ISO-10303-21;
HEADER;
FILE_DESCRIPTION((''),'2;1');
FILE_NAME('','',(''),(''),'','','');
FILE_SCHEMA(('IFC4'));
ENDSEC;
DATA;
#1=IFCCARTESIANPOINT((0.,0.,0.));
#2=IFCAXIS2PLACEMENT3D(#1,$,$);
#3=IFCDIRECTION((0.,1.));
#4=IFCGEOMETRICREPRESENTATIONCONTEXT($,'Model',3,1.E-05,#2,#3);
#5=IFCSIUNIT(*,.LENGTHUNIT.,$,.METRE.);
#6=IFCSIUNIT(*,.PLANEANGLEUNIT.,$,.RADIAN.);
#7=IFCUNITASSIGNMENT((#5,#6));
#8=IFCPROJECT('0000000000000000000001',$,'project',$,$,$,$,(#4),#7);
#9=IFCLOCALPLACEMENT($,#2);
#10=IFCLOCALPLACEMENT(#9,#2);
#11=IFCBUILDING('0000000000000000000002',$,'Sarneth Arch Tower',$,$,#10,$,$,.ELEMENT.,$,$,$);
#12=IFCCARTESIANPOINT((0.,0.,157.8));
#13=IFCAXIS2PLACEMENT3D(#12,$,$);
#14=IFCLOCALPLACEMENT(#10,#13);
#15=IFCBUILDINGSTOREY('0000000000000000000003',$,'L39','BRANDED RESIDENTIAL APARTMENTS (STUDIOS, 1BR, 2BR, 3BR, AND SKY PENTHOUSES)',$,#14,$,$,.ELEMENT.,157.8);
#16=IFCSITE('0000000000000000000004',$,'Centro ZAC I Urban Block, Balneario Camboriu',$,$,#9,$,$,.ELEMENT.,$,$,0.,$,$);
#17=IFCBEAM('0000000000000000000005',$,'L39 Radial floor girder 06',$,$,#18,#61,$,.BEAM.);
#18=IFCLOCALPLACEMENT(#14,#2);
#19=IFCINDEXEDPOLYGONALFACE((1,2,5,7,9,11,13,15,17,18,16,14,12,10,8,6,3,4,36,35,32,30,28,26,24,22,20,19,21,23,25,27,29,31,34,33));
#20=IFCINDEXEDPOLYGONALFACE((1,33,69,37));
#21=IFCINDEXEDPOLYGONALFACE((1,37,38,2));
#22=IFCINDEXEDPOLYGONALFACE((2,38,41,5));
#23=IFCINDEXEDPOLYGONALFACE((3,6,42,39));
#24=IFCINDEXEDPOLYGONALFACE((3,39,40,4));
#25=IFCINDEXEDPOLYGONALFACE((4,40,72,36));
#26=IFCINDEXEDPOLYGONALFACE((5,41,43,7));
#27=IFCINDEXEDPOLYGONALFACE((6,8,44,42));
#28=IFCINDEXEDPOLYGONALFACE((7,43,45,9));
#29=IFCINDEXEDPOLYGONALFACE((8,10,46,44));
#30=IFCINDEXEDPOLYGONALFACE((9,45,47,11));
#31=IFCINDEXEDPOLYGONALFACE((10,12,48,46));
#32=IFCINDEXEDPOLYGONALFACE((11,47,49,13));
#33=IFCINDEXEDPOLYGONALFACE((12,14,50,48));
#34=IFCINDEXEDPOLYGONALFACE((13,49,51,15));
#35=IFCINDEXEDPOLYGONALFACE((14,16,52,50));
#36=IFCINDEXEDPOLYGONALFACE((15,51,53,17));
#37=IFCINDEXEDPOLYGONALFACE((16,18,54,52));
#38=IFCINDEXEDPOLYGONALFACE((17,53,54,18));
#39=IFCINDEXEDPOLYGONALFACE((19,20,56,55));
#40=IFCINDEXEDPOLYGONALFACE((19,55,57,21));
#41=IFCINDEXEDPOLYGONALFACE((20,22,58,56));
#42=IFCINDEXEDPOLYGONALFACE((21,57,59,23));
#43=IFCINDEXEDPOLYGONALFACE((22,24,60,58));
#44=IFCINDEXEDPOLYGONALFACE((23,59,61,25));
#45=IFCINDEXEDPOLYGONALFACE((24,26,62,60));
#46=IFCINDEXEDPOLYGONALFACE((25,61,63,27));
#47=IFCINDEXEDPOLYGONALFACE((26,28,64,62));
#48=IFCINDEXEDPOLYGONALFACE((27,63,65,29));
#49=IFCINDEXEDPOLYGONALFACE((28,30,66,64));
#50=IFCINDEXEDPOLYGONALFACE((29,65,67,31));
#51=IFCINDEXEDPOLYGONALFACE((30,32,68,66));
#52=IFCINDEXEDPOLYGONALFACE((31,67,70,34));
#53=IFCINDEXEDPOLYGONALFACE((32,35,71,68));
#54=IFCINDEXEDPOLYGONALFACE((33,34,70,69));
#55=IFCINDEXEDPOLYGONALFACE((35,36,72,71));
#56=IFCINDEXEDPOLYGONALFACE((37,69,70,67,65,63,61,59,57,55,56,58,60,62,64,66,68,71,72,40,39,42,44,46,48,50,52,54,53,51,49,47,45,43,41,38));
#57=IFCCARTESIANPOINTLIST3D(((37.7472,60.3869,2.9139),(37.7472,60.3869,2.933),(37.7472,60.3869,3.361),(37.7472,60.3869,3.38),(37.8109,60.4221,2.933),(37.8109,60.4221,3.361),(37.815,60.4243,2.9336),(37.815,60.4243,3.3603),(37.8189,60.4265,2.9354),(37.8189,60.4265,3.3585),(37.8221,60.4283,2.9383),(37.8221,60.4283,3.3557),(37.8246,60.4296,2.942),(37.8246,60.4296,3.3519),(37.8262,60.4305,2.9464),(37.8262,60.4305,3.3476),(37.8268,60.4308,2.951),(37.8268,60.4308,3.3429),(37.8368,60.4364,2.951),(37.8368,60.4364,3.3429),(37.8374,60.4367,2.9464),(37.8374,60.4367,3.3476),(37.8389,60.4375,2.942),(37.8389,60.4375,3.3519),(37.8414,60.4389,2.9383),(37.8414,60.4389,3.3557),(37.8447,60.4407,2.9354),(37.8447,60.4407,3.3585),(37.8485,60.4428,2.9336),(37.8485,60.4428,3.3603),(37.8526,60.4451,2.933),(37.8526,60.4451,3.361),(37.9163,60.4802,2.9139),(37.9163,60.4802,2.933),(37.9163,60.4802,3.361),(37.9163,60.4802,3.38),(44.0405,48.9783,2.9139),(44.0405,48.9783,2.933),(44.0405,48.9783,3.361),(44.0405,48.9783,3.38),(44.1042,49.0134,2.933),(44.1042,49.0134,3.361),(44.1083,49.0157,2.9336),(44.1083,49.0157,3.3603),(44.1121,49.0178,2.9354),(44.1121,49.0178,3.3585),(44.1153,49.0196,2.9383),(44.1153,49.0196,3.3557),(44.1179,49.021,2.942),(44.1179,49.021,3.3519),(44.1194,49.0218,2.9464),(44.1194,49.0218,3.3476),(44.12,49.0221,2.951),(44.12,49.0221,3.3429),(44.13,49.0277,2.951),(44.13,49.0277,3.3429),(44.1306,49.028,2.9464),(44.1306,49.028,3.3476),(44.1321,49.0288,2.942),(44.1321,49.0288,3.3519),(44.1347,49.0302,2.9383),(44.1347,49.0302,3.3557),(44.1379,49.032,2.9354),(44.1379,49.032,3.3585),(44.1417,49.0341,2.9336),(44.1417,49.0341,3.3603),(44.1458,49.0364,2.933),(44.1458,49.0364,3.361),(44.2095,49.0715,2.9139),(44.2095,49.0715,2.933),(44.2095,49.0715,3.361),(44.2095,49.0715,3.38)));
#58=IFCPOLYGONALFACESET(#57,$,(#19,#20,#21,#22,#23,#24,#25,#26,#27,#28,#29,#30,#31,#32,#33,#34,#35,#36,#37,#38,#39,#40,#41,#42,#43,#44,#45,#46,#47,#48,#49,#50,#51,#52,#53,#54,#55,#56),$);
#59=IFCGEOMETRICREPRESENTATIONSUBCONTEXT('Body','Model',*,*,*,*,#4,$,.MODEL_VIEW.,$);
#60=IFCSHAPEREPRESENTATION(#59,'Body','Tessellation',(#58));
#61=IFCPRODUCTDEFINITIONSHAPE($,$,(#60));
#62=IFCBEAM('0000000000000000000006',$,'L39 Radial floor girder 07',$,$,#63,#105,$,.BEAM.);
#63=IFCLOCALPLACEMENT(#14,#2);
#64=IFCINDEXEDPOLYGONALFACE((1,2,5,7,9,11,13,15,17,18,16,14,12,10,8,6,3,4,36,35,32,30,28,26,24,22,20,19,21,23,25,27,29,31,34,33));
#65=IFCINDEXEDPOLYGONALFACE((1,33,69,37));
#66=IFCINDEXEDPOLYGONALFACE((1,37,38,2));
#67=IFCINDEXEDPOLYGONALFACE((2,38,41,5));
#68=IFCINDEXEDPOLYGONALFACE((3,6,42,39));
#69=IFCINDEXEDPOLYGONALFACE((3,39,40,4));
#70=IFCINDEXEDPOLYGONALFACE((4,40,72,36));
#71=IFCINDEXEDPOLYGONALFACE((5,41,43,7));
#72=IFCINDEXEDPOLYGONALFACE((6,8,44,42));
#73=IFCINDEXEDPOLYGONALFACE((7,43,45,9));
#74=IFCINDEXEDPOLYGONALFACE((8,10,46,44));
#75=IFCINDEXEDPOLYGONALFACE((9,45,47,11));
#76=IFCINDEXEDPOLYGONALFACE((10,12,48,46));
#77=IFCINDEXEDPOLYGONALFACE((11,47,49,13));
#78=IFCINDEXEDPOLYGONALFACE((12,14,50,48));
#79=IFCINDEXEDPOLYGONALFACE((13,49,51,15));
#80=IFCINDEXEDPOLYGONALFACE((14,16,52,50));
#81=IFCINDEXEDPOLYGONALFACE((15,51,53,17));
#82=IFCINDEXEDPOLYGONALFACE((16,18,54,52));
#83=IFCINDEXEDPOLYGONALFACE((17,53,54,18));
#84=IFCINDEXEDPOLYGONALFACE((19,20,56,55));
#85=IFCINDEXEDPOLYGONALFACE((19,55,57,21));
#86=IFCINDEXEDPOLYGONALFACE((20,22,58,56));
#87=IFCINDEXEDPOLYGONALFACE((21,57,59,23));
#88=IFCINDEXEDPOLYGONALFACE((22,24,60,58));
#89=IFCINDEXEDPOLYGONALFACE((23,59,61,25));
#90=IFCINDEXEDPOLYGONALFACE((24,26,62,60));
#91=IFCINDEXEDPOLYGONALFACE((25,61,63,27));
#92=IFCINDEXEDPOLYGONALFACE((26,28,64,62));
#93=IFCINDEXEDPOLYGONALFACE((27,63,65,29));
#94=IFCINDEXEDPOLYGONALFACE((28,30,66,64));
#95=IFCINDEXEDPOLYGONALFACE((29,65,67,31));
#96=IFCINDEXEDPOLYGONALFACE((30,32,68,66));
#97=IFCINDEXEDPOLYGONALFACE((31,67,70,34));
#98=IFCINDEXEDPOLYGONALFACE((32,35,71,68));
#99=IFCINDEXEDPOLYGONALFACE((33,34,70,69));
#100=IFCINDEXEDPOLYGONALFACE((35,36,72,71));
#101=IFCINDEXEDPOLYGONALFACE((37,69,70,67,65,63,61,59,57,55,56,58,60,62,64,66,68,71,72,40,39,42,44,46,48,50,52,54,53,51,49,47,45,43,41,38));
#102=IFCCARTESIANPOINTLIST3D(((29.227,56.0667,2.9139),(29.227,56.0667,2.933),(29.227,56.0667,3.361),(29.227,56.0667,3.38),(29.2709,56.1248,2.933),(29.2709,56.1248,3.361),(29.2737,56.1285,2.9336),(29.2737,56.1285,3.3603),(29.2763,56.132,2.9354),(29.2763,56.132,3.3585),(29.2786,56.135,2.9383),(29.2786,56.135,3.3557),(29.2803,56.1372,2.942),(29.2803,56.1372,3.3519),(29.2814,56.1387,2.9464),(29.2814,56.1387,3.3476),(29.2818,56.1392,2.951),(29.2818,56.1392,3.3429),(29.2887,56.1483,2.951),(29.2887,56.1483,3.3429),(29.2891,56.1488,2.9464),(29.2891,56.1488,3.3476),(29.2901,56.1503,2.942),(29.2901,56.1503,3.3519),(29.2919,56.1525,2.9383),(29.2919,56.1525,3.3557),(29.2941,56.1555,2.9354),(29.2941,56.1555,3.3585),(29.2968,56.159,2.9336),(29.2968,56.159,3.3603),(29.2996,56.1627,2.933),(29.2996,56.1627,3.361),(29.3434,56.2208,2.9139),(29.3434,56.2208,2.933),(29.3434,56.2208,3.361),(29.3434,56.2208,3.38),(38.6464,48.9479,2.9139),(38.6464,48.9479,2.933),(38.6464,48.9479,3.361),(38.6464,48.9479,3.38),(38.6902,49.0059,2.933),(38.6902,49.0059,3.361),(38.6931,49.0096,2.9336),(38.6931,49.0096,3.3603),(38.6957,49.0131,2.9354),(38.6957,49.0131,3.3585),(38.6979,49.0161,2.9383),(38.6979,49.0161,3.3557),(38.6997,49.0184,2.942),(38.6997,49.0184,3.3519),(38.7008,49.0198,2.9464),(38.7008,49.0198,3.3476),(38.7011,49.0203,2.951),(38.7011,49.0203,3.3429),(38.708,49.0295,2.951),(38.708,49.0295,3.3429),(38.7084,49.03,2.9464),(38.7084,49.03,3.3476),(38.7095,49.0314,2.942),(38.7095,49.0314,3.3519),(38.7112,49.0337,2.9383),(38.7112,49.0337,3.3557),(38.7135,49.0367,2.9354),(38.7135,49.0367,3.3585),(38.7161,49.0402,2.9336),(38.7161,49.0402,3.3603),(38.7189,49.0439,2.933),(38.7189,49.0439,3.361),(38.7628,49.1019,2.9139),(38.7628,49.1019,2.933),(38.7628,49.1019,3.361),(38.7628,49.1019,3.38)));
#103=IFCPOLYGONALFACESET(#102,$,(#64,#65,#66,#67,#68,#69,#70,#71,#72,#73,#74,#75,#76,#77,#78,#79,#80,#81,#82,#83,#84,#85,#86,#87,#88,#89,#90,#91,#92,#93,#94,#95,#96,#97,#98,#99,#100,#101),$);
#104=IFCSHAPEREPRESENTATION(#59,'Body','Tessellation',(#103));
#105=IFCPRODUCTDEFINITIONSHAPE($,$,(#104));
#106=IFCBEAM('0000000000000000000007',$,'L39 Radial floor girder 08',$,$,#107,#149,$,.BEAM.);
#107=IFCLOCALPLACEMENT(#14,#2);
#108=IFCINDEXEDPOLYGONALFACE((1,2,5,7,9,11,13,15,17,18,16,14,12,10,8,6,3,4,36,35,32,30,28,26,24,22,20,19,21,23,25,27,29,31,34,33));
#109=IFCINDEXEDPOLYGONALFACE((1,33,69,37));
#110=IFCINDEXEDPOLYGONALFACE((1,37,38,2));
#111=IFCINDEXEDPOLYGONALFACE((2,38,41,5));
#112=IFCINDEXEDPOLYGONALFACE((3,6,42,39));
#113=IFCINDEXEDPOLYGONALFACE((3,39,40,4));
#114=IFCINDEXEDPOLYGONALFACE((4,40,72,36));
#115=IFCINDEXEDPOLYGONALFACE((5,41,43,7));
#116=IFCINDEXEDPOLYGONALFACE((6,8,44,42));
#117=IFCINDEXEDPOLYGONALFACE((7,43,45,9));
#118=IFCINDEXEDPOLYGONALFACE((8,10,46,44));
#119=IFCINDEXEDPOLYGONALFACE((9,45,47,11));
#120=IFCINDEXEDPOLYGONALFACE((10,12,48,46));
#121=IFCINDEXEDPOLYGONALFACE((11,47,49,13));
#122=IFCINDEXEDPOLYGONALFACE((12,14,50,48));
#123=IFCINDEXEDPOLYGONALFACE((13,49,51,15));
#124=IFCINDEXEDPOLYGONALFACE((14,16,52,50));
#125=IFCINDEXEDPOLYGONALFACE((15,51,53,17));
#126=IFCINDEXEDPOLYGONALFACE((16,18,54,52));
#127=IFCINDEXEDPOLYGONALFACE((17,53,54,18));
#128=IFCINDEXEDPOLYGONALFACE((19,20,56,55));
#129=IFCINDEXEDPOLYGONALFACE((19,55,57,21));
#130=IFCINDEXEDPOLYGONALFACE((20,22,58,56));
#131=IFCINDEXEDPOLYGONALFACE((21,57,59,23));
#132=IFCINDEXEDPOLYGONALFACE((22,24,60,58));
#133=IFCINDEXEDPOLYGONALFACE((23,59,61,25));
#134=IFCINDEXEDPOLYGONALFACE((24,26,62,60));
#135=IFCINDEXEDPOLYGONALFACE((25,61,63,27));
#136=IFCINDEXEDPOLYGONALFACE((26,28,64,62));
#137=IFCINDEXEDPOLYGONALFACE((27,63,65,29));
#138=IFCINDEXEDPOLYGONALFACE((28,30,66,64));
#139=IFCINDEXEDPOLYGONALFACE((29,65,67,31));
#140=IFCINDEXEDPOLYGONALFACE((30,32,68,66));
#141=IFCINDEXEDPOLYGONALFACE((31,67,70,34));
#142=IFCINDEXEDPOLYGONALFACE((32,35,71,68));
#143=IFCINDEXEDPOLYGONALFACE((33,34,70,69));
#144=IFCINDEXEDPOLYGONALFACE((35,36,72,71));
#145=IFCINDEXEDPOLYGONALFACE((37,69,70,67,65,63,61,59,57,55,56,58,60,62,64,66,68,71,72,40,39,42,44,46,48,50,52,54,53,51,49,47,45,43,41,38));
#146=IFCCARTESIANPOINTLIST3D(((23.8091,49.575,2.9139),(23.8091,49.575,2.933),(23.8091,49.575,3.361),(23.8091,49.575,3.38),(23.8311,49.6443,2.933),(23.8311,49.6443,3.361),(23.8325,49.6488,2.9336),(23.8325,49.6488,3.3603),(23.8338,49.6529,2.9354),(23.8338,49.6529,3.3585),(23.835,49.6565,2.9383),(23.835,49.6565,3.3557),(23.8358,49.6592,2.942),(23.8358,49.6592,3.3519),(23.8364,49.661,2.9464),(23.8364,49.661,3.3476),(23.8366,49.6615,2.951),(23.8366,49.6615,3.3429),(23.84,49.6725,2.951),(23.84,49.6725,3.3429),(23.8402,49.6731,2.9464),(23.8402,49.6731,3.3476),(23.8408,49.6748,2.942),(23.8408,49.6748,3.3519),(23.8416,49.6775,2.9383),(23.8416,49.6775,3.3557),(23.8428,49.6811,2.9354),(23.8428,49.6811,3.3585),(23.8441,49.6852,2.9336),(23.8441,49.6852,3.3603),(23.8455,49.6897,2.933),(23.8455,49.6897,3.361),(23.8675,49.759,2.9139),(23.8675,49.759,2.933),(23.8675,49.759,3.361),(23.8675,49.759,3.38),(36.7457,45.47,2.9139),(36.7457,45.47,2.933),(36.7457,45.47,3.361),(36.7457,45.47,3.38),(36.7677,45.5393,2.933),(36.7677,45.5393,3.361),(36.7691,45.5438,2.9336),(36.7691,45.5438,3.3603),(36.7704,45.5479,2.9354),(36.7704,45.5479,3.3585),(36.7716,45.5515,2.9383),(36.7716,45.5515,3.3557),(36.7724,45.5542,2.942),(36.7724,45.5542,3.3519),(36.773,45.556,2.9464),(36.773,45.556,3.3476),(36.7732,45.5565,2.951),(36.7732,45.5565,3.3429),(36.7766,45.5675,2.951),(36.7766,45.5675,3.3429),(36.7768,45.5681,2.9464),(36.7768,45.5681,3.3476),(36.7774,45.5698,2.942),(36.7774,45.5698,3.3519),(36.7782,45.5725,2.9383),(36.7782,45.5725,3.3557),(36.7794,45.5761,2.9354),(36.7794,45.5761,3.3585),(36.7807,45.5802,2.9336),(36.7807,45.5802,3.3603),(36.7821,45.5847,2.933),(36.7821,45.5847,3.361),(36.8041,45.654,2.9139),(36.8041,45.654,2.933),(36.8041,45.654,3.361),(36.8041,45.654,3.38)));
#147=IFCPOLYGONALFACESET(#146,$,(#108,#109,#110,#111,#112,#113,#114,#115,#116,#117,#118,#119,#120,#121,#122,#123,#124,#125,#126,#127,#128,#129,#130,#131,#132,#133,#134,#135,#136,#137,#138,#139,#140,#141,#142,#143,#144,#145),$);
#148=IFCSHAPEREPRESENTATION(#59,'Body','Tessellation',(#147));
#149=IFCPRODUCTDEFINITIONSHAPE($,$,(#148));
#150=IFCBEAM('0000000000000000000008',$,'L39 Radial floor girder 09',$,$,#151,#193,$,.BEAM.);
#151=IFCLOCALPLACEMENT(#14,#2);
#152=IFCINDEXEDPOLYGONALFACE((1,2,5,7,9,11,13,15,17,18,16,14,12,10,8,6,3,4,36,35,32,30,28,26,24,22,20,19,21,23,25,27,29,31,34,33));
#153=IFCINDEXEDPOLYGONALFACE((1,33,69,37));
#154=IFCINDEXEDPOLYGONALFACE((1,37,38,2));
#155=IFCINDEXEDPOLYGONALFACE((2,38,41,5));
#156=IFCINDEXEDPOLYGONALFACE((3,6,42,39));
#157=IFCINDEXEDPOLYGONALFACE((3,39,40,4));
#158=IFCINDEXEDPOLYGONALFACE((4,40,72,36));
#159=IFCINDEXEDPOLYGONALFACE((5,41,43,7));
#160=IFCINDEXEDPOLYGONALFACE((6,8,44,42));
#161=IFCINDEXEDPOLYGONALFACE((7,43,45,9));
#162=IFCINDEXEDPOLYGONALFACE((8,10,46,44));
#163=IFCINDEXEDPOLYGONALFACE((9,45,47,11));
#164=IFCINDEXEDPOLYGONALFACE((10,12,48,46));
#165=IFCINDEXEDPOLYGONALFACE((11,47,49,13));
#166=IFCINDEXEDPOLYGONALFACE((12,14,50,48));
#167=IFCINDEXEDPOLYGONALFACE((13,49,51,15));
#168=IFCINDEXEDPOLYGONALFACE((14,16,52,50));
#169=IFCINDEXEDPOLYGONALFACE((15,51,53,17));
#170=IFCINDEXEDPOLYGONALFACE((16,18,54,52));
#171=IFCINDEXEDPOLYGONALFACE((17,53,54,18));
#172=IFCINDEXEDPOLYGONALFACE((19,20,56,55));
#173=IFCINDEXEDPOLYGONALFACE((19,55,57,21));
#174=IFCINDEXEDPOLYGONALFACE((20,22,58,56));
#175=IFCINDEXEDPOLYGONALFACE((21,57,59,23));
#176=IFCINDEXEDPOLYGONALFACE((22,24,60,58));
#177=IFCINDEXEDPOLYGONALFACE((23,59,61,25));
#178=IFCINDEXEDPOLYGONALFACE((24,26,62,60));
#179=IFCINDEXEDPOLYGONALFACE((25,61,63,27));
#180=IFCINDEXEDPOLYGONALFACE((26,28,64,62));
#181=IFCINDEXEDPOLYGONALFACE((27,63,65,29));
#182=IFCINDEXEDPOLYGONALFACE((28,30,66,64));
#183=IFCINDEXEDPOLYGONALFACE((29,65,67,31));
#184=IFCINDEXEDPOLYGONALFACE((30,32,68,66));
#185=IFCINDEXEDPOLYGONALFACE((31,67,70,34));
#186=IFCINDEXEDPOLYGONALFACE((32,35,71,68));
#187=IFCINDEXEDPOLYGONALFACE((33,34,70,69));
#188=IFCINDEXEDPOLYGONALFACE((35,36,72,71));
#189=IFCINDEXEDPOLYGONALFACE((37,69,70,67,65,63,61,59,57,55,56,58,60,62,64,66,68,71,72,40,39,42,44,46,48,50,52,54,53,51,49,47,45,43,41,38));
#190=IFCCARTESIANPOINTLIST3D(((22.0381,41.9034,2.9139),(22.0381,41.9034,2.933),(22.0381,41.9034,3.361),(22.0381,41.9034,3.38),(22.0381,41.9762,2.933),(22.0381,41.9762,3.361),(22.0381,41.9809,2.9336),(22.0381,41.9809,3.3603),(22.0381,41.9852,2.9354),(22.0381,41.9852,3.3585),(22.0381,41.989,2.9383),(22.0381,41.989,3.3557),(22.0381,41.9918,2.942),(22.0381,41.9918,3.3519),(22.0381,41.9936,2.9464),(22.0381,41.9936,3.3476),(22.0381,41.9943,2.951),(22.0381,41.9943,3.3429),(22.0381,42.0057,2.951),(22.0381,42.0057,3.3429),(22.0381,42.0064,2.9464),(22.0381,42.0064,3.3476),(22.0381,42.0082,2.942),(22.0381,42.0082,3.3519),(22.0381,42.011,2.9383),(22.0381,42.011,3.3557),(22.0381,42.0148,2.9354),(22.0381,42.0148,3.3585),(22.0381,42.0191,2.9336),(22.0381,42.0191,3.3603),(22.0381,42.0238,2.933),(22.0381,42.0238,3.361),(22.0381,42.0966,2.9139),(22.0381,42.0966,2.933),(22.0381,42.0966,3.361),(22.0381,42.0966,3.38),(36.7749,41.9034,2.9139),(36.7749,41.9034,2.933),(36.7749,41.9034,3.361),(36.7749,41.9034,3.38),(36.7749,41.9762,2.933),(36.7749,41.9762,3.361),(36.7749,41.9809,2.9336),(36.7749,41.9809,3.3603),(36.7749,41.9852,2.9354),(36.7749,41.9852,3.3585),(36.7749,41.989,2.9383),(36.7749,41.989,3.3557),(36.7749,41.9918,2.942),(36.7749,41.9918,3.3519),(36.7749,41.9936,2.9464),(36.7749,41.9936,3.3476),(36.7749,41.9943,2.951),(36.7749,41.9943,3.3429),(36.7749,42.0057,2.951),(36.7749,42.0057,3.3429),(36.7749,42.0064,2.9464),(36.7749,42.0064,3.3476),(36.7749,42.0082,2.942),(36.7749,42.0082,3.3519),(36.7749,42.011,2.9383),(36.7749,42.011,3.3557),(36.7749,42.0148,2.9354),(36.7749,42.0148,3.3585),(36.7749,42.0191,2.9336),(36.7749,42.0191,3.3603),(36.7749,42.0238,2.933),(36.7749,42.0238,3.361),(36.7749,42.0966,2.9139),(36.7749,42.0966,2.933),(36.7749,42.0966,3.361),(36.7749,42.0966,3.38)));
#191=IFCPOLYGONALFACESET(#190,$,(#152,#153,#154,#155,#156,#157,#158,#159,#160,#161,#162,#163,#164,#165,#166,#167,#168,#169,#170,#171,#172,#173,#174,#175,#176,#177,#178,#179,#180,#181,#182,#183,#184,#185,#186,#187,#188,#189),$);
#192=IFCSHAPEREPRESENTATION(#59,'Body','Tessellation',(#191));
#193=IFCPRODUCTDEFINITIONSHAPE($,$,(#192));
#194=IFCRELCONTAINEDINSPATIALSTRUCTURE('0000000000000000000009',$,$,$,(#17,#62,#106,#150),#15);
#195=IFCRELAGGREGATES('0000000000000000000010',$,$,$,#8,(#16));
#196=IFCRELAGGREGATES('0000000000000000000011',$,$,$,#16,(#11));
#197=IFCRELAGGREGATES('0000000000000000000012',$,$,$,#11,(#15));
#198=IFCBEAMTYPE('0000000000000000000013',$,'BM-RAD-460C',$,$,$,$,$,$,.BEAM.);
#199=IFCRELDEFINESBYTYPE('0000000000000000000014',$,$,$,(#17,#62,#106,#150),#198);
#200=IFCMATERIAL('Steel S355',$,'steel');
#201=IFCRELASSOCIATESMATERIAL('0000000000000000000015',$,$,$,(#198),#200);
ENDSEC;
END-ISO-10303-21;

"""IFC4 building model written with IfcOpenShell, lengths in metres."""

from ifc_helpers import new_model, si_unit, direction, frame, origin, origin_2d, place, context, subcontext, project, spatial, i_section, extrude, material, material_profile, profile_set, type_object, element, save


model = new_model("IFC4")

# Units and contexts
model_context = context("Model", 3, precision=1e-05, world=origin(), true_north=direction((0.0, 1.0)))
body_context = subcontext(model_context, "Body", "Model", "MODEL_VIEW")
ifc_project = project(units=[si_unit("LENGTHUNIT", "METRE"), si_unit("PLANEANGLEUNIT", "RADIAN")], contexts=[model_context])

# Site, building, storey
site_placement = place(None, origin())
site = spatial("IfcSite", under=ifc_project, at=site_placement, Name="Centro ZAC I Urban Block, Balneario Camboriu", CompositionType="ELEMENT", RefElevation=0.0)
building_placement = place(site_placement, origin())
building = spatial("IfcBuilding", under=site, at=building_placement, Name="Sarneth Arch Tower", CompositionType="ELEMENT")
storey_placement = place(building_placement, frame((0.0, 0.0, 157.8)))
storey = spatial("IfcBuildingStorey", under=building, at=storey_placement, Name="L39", Description="BRANDED RESIDENTIAL APARTMENTS (STUDIOS, 1BR, 2BR, 3BR, AND SKY PENTHOUSES)", CompositionType="ELEMENT", Elevation=157.8)

# Beams
ifc_material_1 = material(Name="Steel S355", Category="steel")
ifc_material_profile_1 = material_profile(ifc_material_1, i_section(OverallWidth=0.1931, OverallDepth=0.4661, WebThickness=0.0115, FlangeThickness=0.019, FilletRadius=0.0181, at=origin_2d()), Name="W460x97")
ifc_profile_set_1 = profile_set([ifc_material_profile_1], Name="Steel S355")
beam_type_1 = type_object("IfcBeamType", Name="BM-RAD-460C", PredefinedType="BEAM", material=ifc_profile_set_1)
beam_1_placement = place(storey_placement, frame((44.125, 49.0249, 3.147), z_axis=(-0.483005, 0.875618, 0.0), x_axis=(-0.875618, -0.483005, 0.0)))
element("IfcBeam", 1, at=beam_1_placement, inside=storey, type_object=beam_type_1, Name="L39 Radial floor girder 06", PredefinedType="BEAM", context=body_context, shape_type="SweptSolid", body=[
    extrude(i_section(OverallWidth=0.1931, OverallDepth=0.4661, WebThickness=0.0115, FlangeThickness=0.019, FilletRadius=0.0181, at=origin_2d()), origin(), (0.0, 0.0, 1.0), 13.0293),
])
beam_2_placement = place(storey_placement, frame((38.7046, 49.0249, 3.147), z_axis=(-0.797786, 0.60294, 0.0), x_axis=(-0.60294, -0.797786, 0.0)))
element("IfcBeam", 2, at=beam_2_placement, inside=storey, type_object=beam_type_1, Name="L39 Radial floor girder 07", PredefinedType="BEAM", context=body_context, shape_type="SweptSolid", body=[
    extrude(i_section(OverallWidth=0.1931, OverallDepth=0.4661, WebThickness=0.0115, FlangeThickness=0.019, FilletRadius=0.0181, at=origin_2d()), origin(), (0.0, 0.0, 1.0), 11.8069),
])
beam_3_placement = place(storey_placement, frame((36.7749, 45.562, 3.147), z_axis=(-0.953164, 0.302455, 0.0), x_axis=(-0.302455, -0.953164, 0.0)))
element("IfcBeam", 3, at=beam_3_placement, inside=storey, type_object=beam_type_1, Name="L39 Radial floor girder 08", PredefinedType="BEAM", context=body_context, shape_type="SweptSolid", body=[
    extrude(i_section(OverallWidth=0.1931, OverallDepth=0.4661, WebThickness=0.0115, FlangeThickness=0.019, FilletRadius=0.0181, at=origin_2d()), origin(), (0.0, 0.0, 1.0), 13.5723),
])
beam_4_placement = place(storey_placement, frame((36.7749, 42.0, 3.147), z_axis=(-1.0, 0.0, 0.0), x_axis=(0.0, -1.0, 0.0)))
element("IfcBeam", 4, at=beam_4_placement, inside=storey, type_object=beam_type_1, Name="L39 Radial floor girder 09", PredefinedType="BEAM", context=body_context, shape_type="SweptSolid", body=[
    extrude(i_section(OverallWidth=0.1931, OverallDepth=0.4661, WebThickness=0.0115, FlangeThickness=0.019, FilletRadius=0.0181, at=origin_2d()), origin(), (0.0, 0.0, 1.0), 14.7368),
])

save(model, "model.ifc")
